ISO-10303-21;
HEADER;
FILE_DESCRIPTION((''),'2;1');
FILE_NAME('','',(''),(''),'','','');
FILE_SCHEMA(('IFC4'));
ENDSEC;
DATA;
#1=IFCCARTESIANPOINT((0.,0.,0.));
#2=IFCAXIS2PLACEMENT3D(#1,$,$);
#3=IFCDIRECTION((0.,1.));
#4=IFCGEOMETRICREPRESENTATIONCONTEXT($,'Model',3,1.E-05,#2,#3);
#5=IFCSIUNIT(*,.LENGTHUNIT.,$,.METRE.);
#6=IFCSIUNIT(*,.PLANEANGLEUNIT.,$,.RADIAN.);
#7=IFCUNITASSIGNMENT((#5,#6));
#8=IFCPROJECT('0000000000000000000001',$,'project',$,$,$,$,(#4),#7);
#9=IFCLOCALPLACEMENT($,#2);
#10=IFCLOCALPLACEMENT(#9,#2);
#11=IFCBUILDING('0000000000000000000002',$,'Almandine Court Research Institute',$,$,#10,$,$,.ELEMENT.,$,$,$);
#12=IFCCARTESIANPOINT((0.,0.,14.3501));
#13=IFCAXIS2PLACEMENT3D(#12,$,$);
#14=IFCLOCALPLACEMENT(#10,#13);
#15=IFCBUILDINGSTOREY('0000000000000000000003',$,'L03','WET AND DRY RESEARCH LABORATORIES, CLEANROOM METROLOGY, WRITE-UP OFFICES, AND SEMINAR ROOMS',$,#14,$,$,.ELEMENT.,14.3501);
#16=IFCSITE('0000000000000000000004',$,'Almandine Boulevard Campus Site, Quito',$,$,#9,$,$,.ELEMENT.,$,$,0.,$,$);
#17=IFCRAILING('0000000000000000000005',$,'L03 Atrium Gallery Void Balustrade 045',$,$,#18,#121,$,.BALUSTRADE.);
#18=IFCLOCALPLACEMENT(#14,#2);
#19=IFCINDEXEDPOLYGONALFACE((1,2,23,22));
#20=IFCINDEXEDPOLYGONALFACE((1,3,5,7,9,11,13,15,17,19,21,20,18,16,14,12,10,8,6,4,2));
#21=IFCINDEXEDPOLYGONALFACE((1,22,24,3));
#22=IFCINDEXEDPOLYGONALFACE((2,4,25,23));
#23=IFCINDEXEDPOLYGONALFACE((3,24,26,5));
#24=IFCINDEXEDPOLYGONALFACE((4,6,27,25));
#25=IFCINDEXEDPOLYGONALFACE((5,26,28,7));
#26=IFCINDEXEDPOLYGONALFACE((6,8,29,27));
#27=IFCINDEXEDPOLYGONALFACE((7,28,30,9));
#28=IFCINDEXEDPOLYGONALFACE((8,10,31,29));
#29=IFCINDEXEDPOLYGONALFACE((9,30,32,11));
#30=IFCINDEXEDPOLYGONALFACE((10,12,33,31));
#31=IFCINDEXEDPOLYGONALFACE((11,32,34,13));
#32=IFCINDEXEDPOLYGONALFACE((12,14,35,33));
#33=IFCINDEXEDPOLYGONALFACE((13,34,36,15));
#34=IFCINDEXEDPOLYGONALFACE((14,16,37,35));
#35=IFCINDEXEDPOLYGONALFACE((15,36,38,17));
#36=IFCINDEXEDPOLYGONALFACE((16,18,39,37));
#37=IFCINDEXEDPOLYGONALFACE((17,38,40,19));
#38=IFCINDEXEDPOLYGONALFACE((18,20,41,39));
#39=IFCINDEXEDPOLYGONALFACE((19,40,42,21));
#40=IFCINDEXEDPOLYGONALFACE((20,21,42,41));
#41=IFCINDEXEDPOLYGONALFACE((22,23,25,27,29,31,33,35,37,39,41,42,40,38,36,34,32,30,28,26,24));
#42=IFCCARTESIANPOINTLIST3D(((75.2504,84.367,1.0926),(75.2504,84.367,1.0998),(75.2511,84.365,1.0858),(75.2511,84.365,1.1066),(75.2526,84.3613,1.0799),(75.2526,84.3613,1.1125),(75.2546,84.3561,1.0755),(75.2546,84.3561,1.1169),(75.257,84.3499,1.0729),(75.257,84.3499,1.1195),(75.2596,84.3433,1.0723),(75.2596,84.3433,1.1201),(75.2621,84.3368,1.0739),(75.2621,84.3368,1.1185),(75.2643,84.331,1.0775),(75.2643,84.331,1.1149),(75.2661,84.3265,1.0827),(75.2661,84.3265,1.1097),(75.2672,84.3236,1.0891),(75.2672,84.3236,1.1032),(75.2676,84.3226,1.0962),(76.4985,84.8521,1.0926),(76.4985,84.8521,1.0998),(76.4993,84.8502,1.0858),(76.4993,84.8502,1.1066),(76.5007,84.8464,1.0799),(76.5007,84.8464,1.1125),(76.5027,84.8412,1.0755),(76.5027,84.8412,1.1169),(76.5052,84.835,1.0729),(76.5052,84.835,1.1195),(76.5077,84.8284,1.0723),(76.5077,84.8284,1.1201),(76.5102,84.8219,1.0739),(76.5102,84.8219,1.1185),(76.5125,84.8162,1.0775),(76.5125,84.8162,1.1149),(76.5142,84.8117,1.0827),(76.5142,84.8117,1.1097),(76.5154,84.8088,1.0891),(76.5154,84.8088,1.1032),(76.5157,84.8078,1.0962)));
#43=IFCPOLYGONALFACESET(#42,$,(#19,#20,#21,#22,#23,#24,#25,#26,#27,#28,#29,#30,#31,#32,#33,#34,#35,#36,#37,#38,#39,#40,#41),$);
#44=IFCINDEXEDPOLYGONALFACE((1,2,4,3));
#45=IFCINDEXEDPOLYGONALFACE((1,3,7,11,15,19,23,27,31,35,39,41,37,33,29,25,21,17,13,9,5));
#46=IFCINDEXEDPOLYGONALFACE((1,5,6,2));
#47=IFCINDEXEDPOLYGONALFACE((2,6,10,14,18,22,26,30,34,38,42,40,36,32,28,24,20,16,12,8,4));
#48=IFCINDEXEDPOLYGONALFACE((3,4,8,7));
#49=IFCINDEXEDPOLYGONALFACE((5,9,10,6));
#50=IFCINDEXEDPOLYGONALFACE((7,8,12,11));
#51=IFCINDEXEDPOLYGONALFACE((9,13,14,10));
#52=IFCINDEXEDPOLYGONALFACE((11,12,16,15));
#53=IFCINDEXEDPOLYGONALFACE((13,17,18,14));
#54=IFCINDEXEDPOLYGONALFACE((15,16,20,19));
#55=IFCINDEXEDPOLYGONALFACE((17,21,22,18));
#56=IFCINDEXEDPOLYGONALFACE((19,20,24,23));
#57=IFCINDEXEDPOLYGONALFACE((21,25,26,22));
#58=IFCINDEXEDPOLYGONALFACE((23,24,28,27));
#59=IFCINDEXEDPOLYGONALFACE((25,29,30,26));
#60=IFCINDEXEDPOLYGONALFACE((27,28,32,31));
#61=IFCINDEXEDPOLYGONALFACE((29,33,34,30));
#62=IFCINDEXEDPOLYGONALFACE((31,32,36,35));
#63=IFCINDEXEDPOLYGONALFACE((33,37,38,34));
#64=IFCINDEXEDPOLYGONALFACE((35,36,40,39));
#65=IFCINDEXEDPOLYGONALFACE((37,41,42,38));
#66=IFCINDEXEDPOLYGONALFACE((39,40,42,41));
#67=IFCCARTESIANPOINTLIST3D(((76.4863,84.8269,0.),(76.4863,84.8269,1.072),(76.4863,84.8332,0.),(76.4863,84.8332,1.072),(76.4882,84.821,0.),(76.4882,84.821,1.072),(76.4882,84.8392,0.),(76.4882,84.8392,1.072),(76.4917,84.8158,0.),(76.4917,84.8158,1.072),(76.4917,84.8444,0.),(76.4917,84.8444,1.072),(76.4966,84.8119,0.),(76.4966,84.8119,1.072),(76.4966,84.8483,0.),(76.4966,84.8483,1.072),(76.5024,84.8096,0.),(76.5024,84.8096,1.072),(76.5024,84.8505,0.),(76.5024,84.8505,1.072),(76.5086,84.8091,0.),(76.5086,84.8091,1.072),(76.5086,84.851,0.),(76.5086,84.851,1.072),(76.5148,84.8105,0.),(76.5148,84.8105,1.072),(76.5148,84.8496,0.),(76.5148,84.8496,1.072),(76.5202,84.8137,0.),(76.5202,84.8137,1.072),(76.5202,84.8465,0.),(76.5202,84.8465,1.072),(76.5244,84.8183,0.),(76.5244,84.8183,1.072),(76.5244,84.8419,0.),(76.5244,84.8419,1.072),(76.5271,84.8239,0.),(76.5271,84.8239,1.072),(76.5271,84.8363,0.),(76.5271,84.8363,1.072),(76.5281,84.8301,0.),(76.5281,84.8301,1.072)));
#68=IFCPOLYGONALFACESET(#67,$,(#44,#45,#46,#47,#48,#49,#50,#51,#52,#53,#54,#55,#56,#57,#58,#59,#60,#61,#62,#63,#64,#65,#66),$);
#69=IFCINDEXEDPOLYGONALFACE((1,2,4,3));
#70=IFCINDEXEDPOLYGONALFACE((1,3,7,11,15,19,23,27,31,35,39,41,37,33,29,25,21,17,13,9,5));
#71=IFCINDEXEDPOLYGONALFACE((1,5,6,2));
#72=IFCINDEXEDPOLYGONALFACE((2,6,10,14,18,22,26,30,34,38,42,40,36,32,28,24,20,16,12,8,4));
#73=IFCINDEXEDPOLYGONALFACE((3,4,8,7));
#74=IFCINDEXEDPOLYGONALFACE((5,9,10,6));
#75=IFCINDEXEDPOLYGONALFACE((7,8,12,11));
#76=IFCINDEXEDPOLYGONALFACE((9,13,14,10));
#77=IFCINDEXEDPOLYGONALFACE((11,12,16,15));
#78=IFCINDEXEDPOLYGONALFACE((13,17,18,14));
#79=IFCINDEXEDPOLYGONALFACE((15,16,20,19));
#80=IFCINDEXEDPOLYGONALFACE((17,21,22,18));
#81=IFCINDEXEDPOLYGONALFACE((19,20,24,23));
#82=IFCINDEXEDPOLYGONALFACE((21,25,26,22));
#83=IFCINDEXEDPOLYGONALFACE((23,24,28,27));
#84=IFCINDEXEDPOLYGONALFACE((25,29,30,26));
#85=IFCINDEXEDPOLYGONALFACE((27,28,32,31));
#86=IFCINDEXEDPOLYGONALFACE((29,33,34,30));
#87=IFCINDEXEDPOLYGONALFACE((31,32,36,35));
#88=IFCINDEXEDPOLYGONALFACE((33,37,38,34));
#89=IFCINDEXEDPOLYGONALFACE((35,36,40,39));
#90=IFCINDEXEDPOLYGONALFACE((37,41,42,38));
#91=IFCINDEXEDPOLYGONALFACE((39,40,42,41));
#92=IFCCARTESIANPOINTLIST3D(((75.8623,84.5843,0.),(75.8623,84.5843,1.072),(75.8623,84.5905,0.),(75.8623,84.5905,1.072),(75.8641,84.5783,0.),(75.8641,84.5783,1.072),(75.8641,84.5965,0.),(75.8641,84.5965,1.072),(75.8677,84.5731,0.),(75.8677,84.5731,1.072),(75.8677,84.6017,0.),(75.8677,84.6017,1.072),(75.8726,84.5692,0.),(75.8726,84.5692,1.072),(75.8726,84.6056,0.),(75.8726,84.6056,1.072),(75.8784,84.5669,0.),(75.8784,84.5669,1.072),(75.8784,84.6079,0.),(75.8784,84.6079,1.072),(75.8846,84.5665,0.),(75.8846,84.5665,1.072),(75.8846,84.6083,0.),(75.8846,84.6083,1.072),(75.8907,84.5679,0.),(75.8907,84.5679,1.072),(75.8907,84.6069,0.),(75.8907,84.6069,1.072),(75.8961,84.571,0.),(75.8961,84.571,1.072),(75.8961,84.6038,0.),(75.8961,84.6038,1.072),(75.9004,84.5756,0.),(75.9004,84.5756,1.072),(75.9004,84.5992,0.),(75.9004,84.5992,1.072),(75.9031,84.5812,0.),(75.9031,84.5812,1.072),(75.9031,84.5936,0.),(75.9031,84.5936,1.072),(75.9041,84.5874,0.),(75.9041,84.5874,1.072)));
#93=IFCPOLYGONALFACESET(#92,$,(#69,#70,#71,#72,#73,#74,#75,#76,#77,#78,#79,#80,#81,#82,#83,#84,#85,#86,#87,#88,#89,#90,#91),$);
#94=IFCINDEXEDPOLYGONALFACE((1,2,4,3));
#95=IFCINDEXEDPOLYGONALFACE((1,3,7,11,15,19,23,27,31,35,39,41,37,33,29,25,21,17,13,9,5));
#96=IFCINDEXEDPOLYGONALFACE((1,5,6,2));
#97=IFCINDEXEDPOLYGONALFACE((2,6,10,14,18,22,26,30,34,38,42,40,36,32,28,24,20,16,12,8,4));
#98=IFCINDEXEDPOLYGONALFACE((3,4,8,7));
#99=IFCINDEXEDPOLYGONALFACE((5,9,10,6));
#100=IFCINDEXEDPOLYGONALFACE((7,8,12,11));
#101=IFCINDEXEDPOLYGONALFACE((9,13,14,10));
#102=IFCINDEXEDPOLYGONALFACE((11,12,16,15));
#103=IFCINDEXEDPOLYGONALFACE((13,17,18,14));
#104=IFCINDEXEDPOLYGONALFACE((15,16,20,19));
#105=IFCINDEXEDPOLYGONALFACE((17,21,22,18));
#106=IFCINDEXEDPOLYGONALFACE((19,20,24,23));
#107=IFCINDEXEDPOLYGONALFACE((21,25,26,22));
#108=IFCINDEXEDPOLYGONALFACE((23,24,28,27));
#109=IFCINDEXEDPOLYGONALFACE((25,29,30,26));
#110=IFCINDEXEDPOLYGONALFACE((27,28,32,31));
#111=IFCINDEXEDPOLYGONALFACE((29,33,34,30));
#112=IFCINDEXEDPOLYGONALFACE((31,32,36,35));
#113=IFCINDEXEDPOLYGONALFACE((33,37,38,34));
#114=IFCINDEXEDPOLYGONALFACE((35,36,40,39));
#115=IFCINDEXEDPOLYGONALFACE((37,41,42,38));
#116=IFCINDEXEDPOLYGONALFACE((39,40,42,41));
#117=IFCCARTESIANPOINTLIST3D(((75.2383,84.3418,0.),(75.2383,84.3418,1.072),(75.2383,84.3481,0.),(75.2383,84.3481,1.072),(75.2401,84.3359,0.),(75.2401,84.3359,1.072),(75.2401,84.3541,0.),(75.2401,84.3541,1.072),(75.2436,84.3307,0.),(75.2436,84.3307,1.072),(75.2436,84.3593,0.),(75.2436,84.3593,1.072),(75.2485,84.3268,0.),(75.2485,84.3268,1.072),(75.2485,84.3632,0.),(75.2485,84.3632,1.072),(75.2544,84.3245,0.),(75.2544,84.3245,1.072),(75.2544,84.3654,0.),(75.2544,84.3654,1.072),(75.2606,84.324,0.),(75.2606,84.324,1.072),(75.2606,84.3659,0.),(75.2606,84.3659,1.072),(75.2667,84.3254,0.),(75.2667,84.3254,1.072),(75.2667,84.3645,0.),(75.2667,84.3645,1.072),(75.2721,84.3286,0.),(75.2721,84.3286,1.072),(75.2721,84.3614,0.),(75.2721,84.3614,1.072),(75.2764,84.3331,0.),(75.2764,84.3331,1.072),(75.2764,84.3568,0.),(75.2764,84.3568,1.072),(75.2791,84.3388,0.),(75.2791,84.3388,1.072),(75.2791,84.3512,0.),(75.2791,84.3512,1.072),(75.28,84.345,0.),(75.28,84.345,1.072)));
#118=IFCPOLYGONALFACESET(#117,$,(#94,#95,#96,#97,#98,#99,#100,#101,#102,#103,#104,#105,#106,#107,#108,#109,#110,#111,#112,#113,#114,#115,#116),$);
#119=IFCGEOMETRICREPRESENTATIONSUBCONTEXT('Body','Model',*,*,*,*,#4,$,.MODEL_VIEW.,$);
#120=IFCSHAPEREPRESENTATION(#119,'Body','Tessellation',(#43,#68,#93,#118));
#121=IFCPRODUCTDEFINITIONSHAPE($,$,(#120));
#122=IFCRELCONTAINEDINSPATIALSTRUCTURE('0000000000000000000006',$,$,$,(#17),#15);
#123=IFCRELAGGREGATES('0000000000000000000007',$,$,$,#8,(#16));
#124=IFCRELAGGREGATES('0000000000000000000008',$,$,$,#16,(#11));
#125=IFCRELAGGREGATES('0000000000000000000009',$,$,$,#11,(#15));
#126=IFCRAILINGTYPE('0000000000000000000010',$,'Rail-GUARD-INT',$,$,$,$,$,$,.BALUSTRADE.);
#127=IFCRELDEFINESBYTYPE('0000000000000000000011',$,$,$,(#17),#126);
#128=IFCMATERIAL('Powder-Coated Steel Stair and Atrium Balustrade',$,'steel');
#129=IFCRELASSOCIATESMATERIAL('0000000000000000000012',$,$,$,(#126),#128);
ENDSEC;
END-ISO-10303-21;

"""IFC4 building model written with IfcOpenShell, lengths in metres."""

from ifc_helpers import new_model, si_unit, direction, frame, origin, origin_2d, place, context, subcontext, project, spatial, circle, extrude, material, type_object, element, save


model = new_model("IFC4")

# Units and contexts
model_context = context("Model", 3, precision=1e-05, world=origin(), true_north=direction((0.0, 1.0)))
body_context = subcontext(model_context, "Body", "Model", "MODEL_VIEW")
ifc_project = project(units=[si_unit("LENGTHUNIT", "METRE"), si_unit("PLANEANGLEUNIT", "RADIAN")], contexts=[model_context])

# Site, building, storey
site_placement = place(None, origin())
site = spatial("IfcSite", under=ifc_project, at=site_placement, Name="Almandine Boulevard Campus Site, Quito", CompositionType="ELEMENT", RefElevation=0.0)
building_placement = place(site_placement, origin())
building = spatial("IfcBuilding", under=site, at=building_placement, Name="Almandine Court Research Institute", CompositionType="ELEMENT")
storey_placement = place(building_placement, frame((0.0, 0.0, 14.3501)))
storey = spatial("IfcBuildingStorey", under=building, at=storey_placement, Name="L03", Description="WET AND DRY RESEARCH LABORATORIES, CLEANROOM METROLOGY, WRITE-UP OFFICES, AND SEMINAR ROOMS", CompositionType="ELEMENT", Elevation=14.3501)

# Railing
ifc_material_1 = material(Name="Powder-Coated Steel Stair and Atrium Balustrade", Category="steel")
railing_type = type_object("IfcRailingType", Name="Rail-GUARD-INT", PredefinedType="BALUSTRADE", material=ifc_material_1)
railing_1_placement = place(storey_placement, frame((76.5071, 84.8301, 0.0)))
element("IfcRailing", 1, at=railing_1_placement, inside=storey, type_object=railing_type, Name="L03 Atrium Gallery Void Balustrade 045", PredefinedType="BALUSTRADE", context=body_context, shape_type="SweptSolid", body=[
    extrude(circle(Radius=0.0239, at=origin_2d()), frame((0.0, 0.0, 1.0962), z_axis=(-0.932066, -0.362288, 0.0), x_axis=(0.362288, -0.932066, 0.0)), (0.0, 0.0, 1.0), 1.3391),
    extrude(circle(Radius=0.021, at=origin_2d()), origin(), (0.0, 0.0, 1.0), 1.072),
    extrude(circle(Radius=0.021, at=origin_2d()), frame((-0.624, -0.2427, 0.0)), (0.0, 0.0, 1.0), 1.072),
    extrude(circle(Radius=0.021, at=origin_2d()), frame((-1.248, -0.4851, 0.0)), (0.0, 0.0, 1.0), 1.072),
])

save(model, "model.ifc")
